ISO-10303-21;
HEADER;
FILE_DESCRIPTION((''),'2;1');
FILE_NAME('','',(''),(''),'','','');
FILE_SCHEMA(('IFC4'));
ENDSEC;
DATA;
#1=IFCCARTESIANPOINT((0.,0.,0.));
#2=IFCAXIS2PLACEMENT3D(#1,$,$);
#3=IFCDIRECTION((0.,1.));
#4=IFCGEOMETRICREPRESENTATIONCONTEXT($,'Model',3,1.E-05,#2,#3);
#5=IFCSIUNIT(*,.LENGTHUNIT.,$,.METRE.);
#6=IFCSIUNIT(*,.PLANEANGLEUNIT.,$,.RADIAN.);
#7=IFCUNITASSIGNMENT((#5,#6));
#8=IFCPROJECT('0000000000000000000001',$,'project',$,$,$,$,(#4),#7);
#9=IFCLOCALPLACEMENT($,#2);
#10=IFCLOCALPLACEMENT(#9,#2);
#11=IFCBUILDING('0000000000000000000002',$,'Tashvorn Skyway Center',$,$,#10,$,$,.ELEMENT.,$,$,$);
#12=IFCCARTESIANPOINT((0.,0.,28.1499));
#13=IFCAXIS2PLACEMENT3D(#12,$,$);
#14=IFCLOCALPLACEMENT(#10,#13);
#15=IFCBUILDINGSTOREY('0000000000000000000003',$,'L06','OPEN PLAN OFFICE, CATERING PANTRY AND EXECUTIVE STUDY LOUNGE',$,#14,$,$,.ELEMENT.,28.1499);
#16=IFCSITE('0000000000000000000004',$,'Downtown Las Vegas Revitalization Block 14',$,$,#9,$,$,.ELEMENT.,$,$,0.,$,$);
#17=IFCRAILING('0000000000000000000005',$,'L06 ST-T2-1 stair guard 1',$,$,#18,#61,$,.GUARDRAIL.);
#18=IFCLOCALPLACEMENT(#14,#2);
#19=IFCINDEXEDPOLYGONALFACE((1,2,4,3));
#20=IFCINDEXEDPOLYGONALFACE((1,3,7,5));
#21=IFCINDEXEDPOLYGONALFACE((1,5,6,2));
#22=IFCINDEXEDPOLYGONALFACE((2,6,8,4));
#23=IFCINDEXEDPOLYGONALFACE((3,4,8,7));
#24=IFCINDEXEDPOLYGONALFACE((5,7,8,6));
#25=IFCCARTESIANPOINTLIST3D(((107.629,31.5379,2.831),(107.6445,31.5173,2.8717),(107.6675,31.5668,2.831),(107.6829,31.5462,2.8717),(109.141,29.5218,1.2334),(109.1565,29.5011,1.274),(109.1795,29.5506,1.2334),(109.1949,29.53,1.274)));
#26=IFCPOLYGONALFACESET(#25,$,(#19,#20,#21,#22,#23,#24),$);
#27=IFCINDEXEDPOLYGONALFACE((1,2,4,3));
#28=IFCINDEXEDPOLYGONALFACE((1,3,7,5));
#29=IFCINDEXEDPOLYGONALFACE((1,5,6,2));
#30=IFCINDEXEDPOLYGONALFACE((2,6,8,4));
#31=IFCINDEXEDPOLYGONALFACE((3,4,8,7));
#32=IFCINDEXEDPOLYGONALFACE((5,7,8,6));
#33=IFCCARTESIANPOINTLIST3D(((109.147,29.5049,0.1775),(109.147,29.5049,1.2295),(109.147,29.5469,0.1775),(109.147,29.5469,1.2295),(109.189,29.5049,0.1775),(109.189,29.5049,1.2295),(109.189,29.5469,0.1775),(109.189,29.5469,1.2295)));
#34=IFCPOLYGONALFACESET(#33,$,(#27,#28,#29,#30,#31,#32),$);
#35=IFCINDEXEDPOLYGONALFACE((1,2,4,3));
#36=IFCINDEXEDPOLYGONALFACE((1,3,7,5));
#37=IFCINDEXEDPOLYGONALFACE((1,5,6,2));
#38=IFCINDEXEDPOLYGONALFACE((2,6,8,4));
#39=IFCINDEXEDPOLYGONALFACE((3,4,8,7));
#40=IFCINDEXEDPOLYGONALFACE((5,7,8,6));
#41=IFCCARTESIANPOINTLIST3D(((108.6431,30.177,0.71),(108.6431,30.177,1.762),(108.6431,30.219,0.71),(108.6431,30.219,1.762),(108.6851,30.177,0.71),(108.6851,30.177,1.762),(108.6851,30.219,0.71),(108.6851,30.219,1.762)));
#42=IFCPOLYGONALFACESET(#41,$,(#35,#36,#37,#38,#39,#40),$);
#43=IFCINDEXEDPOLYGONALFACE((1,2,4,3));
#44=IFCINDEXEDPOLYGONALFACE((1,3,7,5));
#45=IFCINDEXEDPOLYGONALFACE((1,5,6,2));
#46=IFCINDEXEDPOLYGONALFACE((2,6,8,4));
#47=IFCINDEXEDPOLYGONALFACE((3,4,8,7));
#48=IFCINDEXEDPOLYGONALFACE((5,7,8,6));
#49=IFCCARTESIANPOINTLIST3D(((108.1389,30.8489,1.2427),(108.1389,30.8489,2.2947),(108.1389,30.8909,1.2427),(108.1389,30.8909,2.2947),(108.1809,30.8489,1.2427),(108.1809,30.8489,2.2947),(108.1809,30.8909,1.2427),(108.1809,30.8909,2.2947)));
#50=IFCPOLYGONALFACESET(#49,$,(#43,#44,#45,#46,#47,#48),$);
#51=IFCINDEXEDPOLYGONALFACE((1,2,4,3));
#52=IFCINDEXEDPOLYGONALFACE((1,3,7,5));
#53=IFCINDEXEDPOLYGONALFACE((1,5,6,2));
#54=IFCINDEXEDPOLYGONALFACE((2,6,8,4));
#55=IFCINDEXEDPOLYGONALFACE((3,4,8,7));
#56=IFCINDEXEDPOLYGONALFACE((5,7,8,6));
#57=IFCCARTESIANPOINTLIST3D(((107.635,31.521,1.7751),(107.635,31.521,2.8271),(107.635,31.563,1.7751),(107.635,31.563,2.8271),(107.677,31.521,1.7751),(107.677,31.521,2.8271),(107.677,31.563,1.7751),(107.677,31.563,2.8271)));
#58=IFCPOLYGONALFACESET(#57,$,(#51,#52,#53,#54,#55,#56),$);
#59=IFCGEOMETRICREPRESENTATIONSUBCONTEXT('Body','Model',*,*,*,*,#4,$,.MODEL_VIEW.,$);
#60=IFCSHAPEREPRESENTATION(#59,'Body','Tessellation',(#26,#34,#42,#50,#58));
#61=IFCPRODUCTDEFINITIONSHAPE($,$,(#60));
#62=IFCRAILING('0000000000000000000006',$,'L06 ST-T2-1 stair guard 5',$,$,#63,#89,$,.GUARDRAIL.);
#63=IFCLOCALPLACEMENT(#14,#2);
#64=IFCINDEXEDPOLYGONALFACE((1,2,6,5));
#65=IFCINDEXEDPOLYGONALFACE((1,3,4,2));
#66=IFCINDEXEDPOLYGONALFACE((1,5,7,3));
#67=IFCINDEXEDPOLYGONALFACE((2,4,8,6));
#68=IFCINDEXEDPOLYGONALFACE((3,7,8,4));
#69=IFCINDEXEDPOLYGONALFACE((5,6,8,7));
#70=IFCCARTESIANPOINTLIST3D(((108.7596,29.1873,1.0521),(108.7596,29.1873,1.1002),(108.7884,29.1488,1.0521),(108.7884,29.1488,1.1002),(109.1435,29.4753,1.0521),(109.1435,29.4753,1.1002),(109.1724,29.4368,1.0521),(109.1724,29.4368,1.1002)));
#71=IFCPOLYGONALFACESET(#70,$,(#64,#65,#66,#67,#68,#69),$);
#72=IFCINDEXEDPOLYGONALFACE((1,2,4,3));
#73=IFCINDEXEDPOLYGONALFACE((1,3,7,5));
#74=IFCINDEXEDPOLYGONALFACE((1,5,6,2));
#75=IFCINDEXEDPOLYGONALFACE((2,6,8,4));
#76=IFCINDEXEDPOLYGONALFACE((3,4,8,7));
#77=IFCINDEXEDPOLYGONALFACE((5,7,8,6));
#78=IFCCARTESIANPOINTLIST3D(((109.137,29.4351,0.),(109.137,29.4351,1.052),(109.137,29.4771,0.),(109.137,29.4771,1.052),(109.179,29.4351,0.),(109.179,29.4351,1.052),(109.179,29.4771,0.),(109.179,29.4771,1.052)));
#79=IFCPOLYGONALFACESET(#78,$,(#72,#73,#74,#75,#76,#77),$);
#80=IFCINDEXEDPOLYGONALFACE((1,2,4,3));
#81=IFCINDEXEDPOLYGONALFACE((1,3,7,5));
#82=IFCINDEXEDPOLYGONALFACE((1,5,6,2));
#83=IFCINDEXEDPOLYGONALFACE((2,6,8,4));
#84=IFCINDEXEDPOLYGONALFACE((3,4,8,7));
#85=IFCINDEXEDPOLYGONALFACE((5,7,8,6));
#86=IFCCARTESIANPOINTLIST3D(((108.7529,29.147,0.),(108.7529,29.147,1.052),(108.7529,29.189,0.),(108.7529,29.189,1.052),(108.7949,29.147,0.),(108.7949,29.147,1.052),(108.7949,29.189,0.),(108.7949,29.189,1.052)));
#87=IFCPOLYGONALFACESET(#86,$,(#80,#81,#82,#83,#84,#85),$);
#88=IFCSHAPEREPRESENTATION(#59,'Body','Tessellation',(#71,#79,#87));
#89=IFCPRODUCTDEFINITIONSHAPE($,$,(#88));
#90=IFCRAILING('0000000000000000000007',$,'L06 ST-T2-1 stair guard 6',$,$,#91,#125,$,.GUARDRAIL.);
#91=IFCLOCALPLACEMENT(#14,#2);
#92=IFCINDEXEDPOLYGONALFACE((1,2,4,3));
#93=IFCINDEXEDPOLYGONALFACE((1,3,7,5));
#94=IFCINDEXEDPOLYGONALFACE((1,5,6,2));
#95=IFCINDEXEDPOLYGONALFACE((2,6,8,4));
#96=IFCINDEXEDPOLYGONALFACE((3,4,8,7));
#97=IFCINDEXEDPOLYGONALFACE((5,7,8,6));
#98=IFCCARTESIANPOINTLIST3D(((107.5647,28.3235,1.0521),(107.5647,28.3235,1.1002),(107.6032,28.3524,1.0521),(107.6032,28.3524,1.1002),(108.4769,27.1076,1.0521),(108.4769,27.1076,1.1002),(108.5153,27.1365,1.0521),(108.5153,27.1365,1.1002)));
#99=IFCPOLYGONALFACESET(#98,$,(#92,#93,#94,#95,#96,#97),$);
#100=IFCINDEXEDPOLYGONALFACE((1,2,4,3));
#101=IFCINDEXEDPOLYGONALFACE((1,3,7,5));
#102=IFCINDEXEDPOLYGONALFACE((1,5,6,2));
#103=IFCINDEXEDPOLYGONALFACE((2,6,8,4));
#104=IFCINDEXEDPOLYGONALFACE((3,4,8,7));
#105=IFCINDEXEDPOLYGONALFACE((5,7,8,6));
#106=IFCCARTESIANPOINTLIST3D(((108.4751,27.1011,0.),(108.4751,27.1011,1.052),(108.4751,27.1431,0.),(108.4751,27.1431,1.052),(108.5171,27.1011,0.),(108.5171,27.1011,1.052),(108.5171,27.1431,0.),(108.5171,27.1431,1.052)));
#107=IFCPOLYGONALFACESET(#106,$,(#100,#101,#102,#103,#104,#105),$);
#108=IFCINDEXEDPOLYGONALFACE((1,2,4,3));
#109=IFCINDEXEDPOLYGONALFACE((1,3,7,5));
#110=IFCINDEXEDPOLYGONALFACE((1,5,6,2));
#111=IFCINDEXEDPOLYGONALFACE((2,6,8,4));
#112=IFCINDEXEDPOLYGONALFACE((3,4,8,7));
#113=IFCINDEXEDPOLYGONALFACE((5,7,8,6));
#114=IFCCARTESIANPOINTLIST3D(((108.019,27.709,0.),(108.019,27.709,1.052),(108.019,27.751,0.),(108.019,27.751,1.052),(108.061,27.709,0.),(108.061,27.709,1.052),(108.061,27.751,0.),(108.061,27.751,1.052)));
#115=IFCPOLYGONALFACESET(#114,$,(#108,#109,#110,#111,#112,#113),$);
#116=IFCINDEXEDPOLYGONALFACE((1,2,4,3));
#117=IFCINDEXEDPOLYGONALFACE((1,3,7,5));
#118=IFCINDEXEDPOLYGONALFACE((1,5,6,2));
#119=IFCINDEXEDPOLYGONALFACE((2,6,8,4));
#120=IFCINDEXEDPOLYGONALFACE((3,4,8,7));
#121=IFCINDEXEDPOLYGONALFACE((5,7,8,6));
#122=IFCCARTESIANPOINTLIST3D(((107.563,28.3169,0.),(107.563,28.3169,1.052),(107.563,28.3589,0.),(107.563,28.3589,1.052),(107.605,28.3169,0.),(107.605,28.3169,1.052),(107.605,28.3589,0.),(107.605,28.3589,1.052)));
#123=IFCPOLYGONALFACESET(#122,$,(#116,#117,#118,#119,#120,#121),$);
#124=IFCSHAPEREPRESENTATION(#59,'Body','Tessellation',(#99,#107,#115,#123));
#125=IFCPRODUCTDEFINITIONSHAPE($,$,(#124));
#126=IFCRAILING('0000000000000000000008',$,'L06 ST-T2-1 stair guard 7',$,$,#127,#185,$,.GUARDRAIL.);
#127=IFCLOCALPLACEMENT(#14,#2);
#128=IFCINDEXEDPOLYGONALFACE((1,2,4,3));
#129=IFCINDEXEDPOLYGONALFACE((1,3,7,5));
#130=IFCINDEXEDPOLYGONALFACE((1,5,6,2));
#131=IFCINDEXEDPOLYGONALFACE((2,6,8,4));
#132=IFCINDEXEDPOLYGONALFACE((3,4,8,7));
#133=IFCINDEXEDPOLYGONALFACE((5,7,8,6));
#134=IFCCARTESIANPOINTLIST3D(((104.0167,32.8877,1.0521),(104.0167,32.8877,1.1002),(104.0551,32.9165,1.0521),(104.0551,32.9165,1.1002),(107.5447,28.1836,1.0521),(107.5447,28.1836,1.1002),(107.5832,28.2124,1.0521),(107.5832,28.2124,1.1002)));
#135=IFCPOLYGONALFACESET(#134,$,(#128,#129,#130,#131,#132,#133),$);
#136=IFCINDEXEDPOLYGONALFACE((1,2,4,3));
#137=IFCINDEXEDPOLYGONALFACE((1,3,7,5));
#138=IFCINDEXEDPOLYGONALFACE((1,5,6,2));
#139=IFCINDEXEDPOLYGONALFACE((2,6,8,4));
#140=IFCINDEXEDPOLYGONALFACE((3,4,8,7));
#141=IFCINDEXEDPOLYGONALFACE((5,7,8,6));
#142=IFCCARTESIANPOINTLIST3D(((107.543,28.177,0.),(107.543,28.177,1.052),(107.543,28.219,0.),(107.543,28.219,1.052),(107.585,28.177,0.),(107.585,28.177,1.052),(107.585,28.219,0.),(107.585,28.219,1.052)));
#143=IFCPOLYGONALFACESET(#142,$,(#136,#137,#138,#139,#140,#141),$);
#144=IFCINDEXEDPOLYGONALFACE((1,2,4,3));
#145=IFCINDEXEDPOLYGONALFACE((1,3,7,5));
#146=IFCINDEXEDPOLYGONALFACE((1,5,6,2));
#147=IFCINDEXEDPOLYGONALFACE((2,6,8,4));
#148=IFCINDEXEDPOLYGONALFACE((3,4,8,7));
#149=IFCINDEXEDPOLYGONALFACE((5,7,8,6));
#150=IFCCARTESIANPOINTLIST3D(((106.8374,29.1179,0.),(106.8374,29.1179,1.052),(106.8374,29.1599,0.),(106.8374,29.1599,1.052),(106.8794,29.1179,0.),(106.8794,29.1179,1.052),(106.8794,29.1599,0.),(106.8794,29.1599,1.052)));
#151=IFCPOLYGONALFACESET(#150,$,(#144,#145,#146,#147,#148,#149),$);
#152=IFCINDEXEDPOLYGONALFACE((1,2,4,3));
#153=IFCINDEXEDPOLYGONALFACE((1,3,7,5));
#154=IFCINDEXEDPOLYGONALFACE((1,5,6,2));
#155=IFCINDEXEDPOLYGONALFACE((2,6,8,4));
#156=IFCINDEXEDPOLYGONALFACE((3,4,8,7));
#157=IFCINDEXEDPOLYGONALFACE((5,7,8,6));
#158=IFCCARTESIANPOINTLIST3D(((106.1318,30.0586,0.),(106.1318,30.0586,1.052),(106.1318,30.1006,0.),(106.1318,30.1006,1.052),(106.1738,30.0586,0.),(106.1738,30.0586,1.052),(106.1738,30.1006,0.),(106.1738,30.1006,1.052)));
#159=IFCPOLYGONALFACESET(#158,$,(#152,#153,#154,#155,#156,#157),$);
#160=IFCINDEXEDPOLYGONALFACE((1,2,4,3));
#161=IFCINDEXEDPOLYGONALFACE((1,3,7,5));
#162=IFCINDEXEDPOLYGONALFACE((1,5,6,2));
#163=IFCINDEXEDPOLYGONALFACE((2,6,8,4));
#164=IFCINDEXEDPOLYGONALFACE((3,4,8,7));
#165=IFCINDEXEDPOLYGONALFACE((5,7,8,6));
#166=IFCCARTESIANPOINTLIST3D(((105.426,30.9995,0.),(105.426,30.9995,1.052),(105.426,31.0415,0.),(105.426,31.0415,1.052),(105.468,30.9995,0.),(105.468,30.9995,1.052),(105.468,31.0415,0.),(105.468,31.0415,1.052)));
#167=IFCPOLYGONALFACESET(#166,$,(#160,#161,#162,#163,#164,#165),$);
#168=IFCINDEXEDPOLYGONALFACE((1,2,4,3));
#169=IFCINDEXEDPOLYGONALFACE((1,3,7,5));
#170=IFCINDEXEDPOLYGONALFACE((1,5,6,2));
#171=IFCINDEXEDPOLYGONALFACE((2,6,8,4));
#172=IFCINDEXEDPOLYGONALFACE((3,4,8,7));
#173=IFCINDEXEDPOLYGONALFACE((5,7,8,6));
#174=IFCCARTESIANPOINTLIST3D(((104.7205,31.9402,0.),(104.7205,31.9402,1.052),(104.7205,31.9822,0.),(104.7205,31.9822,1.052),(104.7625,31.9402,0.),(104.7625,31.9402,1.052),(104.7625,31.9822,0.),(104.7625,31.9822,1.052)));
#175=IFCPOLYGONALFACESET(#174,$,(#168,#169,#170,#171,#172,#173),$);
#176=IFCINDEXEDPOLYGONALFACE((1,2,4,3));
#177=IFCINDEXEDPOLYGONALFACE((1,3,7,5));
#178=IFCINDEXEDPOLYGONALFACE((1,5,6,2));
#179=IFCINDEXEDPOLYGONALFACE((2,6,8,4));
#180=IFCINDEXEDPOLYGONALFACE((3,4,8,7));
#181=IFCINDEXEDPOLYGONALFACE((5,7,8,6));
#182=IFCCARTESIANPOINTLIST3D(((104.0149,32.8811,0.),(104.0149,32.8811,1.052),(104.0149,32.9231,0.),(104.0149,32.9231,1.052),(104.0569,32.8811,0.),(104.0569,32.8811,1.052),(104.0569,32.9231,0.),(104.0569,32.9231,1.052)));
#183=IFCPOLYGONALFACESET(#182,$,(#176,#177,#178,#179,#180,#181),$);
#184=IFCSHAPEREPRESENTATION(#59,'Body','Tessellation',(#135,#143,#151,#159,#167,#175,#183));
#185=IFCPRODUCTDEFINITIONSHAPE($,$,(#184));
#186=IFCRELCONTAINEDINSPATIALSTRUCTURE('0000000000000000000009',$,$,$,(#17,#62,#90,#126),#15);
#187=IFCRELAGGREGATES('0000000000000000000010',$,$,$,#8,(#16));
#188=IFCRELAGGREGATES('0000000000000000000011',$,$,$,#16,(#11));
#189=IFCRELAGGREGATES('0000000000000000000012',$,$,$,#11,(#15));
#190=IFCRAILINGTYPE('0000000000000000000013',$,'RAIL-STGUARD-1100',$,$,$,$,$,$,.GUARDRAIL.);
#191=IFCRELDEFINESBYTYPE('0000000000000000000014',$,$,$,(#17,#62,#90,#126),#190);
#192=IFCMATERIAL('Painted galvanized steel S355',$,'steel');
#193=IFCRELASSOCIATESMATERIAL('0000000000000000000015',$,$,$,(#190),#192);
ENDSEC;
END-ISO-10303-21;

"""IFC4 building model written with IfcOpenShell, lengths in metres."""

from ifc_helpers import new_model, si_unit, direction, frame, origin, origin_2d, place, context, subcontext, project, spatial, rectangle, extrude, material, type_object, element, save


model = new_model("IFC4")

# Units and contexts
model_context = context("Model", 3, precision=1e-05, world=origin(), true_north=direction((0.0, 1.0)))
body_context = subcontext(model_context, "Body", "Model", "MODEL_VIEW")
ifc_project = project(units=[si_unit("LENGTHUNIT", "METRE"), si_unit("PLANEANGLEUNIT", "RADIAN")], contexts=[model_context])

# Site, building, storey
site_placement = place(None, origin())
site = spatial("IfcSite", under=ifc_project, at=site_placement, Name="Downtown Las Vegas Revitalization Block 14", CompositionType="ELEMENT", RefElevation=0.0)
building_placement = place(site_placement, origin())
building = spatial("IfcBuilding", under=site, at=building_placement, Name="Tashvorn Skyway Center", CompositionType="ELEMENT")
storey_placement = place(building_placement, frame((0.0, 0.0, 28.1499)))
storey = spatial("IfcBuildingStorey", under=building, at=storey_placement, Name="L06", Description="OPEN PLAN OFFICE, CATERING PANTRY AND EXECUTIVE STUDY LOUNGE", CompositionType="ELEMENT", Elevation=28.1499)

# Railings
ifc_material_1 = material(Name="Painted galvanized steel S355", Category="steel")
railing_type = type_object("IfcRailingType", Name="RAIL-STGUARD-1100", PredefinedType="GUARDRAIL", material=ifc_material_1)
railing_1_placement = place(storey_placement, frame((109.168, 29.5259, 0.1775)))
element("IfcRailing", 1, at=railing_1_placement, inside=storey, type_object=railing_type, Name="L06 ST-T2-1 stair guard 1", PredefinedType="GUARDRAIL", context=body_context, shape_type="SweptSolid", body=[
    extrude(rectangle(XDim=0.0481, YDim=0.0481, at=origin_2d()), frame((0.0, 0.0, 1.0762), z_axis=(-0.506719, 0.675679, 0.535438), x_axis=(-0.800023, -0.599969, 0.0)), (0.0, 0.0, 1.0), 2.9839),
    extrude(rectangle(XDim=0.042, YDim=0.042, at=origin_2d()), origin(), (0.0, 0.0, 1.0), 1.052),
    extrude(rectangle(XDim=0.042, YDim=0.042, at=origin_2d()), frame((-0.5039, 0.6721, 0.5325)), (0.0, 0.0, 1.0), 1.052),
    extrude(rectangle(XDim=0.042, YDim=0.042, at=origin_2d()), frame((-1.0081, 1.344, 1.0652)), (0.0, 0.0, 1.0), 1.052),
    extrude(rectangle(XDim=0.042, YDim=0.042, at=origin_2d()), frame((-1.512, 2.0161, 1.5977)), (0.0, 0.0, 1.0), 1.052),
])
railing_2_placement = place(storey_placement, frame((109.158, 29.4561, 0.0)))
element("IfcRailing", 2, at=railing_2_placement, inside=storey, type_object=railing_type, Name="L06 ST-T2-1 stair guard 5", PredefinedType="GUARDRAIL", context=body_context, shape_type="SweptSolid", body=[
    extrude(rectangle(XDim=0.0481, YDim=0.0481, at=origin_2d()), frame((0.0, 0.0, 1.0762), z_axis=(-0.799939, -0.600081, 0.0), x_axis=(0.600081, -0.799939, 0.0)), (0.0, 0.0, 1.0), 0.48),
    extrude(rectangle(XDim=0.042, YDim=0.042, at=origin_2d()), origin(), (0.0, 0.0, 1.0), 1.052),
    extrude(rectangle(XDim=0.042, YDim=0.042, at=origin_2d()), frame((-0.384, -0.2881, 0.0)), (0.0, 0.0, 1.0), 1.052),
])
railing_3_placement = place(storey_placement, frame((108.4961, 27.1221, 0.0)))
element("IfcRailing", 3, at=railing_3_placement, inside=storey, type_object=railing_type, Name="L06 ST-T2-1 stair guard 6", PredefinedType="GUARDRAIL", context=body_context, shape_type="SweptSolid", body=[
    extrude(rectangle(XDim=0.0481, YDim=0.0481, at=origin_2d()), frame((0.0, 0.0, 1.0762), z_axis=(-0.600103, 0.799923, 0.0), x_axis=(-0.799923, -0.600103, 0.0)), (0.0, 0.0, 1.0), 1.52),
    extrude(rectangle(XDim=0.042, YDim=0.042, at=origin_2d()), origin(), (0.0, 0.0, 1.0), 1.052),
    extrude(rectangle(XDim=0.042, YDim=0.042, at=origin_2d()), frame((-0.4561, 0.6079, 0.0)), (0.0, 0.0, 1.0), 1.052),
    extrude(rectangle(XDim=0.042, YDim=0.042, at=origin_2d()), frame((-0.9121, 1.2158, 0.0)), (0.0, 0.0, 1.0), 1.052),
])
railing_4_placement = place(storey_placement, frame((107.564, 28.198, 0.0)))
element("IfcRailing", 4, at=railing_4_placement, inside=storey, type_object=railing_type, Name="L06 ST-T2-1 stair guard 7", PredefinedType="GUARDRAIL", context=body_context, shape_type="SweptSolid", body=[
    extrude(rectangle(XDim=0.0481, YDim=0.0481, at=origin_2d()), frame((0.0, 0.0, 1.0762), z_axis=(-0.6, 0.8, 0.0), x_axis=(-0.8, -0.6, 0.0)), (0.0, 0.0, 1.0), 5.8801),
    extrude(rectangle(XDim=0.042, YDim=0.042, at=origin_2d()), origin(), (0.0, 0.0, 1.0), 1.052),
    extrude(rectangle(XDim=0.042, YDim=0.042, at=origin_2d()), frame((-0.7056, 0.9409, 0.0)), (0.0, 0.0, 1.0), 1.052),
    extrude(rectangle(XDim=0.042, YDim=0.042, at=origin_2d()), frame((-1.4111, 1.8816, 0.0)), (0.0, 0.0, 1.0), 1.052),
    extrude(rectangle(XDim=0.042, YDim=0.042, at=origin_2d()), frame((-2.1169, 2.8225, 0.0)), (0.0, 0.0, 1.0), 1.052),
    extrude(rectangle(XDim=0.042, YDim=0.042, at=origin_2d()), frame((-2.8225, 3.7632, 0.0)), (0.0, 0.0, 1.0), 1.052),
    extrude(rectangle(XDim=0.042, YDim=0.042, at=origin_2d()), frame((-3.5281, 4.7041, 0.0)), (0.0, 0.0, 1.0), 1.052),
])

save(model, "model.ifc")
